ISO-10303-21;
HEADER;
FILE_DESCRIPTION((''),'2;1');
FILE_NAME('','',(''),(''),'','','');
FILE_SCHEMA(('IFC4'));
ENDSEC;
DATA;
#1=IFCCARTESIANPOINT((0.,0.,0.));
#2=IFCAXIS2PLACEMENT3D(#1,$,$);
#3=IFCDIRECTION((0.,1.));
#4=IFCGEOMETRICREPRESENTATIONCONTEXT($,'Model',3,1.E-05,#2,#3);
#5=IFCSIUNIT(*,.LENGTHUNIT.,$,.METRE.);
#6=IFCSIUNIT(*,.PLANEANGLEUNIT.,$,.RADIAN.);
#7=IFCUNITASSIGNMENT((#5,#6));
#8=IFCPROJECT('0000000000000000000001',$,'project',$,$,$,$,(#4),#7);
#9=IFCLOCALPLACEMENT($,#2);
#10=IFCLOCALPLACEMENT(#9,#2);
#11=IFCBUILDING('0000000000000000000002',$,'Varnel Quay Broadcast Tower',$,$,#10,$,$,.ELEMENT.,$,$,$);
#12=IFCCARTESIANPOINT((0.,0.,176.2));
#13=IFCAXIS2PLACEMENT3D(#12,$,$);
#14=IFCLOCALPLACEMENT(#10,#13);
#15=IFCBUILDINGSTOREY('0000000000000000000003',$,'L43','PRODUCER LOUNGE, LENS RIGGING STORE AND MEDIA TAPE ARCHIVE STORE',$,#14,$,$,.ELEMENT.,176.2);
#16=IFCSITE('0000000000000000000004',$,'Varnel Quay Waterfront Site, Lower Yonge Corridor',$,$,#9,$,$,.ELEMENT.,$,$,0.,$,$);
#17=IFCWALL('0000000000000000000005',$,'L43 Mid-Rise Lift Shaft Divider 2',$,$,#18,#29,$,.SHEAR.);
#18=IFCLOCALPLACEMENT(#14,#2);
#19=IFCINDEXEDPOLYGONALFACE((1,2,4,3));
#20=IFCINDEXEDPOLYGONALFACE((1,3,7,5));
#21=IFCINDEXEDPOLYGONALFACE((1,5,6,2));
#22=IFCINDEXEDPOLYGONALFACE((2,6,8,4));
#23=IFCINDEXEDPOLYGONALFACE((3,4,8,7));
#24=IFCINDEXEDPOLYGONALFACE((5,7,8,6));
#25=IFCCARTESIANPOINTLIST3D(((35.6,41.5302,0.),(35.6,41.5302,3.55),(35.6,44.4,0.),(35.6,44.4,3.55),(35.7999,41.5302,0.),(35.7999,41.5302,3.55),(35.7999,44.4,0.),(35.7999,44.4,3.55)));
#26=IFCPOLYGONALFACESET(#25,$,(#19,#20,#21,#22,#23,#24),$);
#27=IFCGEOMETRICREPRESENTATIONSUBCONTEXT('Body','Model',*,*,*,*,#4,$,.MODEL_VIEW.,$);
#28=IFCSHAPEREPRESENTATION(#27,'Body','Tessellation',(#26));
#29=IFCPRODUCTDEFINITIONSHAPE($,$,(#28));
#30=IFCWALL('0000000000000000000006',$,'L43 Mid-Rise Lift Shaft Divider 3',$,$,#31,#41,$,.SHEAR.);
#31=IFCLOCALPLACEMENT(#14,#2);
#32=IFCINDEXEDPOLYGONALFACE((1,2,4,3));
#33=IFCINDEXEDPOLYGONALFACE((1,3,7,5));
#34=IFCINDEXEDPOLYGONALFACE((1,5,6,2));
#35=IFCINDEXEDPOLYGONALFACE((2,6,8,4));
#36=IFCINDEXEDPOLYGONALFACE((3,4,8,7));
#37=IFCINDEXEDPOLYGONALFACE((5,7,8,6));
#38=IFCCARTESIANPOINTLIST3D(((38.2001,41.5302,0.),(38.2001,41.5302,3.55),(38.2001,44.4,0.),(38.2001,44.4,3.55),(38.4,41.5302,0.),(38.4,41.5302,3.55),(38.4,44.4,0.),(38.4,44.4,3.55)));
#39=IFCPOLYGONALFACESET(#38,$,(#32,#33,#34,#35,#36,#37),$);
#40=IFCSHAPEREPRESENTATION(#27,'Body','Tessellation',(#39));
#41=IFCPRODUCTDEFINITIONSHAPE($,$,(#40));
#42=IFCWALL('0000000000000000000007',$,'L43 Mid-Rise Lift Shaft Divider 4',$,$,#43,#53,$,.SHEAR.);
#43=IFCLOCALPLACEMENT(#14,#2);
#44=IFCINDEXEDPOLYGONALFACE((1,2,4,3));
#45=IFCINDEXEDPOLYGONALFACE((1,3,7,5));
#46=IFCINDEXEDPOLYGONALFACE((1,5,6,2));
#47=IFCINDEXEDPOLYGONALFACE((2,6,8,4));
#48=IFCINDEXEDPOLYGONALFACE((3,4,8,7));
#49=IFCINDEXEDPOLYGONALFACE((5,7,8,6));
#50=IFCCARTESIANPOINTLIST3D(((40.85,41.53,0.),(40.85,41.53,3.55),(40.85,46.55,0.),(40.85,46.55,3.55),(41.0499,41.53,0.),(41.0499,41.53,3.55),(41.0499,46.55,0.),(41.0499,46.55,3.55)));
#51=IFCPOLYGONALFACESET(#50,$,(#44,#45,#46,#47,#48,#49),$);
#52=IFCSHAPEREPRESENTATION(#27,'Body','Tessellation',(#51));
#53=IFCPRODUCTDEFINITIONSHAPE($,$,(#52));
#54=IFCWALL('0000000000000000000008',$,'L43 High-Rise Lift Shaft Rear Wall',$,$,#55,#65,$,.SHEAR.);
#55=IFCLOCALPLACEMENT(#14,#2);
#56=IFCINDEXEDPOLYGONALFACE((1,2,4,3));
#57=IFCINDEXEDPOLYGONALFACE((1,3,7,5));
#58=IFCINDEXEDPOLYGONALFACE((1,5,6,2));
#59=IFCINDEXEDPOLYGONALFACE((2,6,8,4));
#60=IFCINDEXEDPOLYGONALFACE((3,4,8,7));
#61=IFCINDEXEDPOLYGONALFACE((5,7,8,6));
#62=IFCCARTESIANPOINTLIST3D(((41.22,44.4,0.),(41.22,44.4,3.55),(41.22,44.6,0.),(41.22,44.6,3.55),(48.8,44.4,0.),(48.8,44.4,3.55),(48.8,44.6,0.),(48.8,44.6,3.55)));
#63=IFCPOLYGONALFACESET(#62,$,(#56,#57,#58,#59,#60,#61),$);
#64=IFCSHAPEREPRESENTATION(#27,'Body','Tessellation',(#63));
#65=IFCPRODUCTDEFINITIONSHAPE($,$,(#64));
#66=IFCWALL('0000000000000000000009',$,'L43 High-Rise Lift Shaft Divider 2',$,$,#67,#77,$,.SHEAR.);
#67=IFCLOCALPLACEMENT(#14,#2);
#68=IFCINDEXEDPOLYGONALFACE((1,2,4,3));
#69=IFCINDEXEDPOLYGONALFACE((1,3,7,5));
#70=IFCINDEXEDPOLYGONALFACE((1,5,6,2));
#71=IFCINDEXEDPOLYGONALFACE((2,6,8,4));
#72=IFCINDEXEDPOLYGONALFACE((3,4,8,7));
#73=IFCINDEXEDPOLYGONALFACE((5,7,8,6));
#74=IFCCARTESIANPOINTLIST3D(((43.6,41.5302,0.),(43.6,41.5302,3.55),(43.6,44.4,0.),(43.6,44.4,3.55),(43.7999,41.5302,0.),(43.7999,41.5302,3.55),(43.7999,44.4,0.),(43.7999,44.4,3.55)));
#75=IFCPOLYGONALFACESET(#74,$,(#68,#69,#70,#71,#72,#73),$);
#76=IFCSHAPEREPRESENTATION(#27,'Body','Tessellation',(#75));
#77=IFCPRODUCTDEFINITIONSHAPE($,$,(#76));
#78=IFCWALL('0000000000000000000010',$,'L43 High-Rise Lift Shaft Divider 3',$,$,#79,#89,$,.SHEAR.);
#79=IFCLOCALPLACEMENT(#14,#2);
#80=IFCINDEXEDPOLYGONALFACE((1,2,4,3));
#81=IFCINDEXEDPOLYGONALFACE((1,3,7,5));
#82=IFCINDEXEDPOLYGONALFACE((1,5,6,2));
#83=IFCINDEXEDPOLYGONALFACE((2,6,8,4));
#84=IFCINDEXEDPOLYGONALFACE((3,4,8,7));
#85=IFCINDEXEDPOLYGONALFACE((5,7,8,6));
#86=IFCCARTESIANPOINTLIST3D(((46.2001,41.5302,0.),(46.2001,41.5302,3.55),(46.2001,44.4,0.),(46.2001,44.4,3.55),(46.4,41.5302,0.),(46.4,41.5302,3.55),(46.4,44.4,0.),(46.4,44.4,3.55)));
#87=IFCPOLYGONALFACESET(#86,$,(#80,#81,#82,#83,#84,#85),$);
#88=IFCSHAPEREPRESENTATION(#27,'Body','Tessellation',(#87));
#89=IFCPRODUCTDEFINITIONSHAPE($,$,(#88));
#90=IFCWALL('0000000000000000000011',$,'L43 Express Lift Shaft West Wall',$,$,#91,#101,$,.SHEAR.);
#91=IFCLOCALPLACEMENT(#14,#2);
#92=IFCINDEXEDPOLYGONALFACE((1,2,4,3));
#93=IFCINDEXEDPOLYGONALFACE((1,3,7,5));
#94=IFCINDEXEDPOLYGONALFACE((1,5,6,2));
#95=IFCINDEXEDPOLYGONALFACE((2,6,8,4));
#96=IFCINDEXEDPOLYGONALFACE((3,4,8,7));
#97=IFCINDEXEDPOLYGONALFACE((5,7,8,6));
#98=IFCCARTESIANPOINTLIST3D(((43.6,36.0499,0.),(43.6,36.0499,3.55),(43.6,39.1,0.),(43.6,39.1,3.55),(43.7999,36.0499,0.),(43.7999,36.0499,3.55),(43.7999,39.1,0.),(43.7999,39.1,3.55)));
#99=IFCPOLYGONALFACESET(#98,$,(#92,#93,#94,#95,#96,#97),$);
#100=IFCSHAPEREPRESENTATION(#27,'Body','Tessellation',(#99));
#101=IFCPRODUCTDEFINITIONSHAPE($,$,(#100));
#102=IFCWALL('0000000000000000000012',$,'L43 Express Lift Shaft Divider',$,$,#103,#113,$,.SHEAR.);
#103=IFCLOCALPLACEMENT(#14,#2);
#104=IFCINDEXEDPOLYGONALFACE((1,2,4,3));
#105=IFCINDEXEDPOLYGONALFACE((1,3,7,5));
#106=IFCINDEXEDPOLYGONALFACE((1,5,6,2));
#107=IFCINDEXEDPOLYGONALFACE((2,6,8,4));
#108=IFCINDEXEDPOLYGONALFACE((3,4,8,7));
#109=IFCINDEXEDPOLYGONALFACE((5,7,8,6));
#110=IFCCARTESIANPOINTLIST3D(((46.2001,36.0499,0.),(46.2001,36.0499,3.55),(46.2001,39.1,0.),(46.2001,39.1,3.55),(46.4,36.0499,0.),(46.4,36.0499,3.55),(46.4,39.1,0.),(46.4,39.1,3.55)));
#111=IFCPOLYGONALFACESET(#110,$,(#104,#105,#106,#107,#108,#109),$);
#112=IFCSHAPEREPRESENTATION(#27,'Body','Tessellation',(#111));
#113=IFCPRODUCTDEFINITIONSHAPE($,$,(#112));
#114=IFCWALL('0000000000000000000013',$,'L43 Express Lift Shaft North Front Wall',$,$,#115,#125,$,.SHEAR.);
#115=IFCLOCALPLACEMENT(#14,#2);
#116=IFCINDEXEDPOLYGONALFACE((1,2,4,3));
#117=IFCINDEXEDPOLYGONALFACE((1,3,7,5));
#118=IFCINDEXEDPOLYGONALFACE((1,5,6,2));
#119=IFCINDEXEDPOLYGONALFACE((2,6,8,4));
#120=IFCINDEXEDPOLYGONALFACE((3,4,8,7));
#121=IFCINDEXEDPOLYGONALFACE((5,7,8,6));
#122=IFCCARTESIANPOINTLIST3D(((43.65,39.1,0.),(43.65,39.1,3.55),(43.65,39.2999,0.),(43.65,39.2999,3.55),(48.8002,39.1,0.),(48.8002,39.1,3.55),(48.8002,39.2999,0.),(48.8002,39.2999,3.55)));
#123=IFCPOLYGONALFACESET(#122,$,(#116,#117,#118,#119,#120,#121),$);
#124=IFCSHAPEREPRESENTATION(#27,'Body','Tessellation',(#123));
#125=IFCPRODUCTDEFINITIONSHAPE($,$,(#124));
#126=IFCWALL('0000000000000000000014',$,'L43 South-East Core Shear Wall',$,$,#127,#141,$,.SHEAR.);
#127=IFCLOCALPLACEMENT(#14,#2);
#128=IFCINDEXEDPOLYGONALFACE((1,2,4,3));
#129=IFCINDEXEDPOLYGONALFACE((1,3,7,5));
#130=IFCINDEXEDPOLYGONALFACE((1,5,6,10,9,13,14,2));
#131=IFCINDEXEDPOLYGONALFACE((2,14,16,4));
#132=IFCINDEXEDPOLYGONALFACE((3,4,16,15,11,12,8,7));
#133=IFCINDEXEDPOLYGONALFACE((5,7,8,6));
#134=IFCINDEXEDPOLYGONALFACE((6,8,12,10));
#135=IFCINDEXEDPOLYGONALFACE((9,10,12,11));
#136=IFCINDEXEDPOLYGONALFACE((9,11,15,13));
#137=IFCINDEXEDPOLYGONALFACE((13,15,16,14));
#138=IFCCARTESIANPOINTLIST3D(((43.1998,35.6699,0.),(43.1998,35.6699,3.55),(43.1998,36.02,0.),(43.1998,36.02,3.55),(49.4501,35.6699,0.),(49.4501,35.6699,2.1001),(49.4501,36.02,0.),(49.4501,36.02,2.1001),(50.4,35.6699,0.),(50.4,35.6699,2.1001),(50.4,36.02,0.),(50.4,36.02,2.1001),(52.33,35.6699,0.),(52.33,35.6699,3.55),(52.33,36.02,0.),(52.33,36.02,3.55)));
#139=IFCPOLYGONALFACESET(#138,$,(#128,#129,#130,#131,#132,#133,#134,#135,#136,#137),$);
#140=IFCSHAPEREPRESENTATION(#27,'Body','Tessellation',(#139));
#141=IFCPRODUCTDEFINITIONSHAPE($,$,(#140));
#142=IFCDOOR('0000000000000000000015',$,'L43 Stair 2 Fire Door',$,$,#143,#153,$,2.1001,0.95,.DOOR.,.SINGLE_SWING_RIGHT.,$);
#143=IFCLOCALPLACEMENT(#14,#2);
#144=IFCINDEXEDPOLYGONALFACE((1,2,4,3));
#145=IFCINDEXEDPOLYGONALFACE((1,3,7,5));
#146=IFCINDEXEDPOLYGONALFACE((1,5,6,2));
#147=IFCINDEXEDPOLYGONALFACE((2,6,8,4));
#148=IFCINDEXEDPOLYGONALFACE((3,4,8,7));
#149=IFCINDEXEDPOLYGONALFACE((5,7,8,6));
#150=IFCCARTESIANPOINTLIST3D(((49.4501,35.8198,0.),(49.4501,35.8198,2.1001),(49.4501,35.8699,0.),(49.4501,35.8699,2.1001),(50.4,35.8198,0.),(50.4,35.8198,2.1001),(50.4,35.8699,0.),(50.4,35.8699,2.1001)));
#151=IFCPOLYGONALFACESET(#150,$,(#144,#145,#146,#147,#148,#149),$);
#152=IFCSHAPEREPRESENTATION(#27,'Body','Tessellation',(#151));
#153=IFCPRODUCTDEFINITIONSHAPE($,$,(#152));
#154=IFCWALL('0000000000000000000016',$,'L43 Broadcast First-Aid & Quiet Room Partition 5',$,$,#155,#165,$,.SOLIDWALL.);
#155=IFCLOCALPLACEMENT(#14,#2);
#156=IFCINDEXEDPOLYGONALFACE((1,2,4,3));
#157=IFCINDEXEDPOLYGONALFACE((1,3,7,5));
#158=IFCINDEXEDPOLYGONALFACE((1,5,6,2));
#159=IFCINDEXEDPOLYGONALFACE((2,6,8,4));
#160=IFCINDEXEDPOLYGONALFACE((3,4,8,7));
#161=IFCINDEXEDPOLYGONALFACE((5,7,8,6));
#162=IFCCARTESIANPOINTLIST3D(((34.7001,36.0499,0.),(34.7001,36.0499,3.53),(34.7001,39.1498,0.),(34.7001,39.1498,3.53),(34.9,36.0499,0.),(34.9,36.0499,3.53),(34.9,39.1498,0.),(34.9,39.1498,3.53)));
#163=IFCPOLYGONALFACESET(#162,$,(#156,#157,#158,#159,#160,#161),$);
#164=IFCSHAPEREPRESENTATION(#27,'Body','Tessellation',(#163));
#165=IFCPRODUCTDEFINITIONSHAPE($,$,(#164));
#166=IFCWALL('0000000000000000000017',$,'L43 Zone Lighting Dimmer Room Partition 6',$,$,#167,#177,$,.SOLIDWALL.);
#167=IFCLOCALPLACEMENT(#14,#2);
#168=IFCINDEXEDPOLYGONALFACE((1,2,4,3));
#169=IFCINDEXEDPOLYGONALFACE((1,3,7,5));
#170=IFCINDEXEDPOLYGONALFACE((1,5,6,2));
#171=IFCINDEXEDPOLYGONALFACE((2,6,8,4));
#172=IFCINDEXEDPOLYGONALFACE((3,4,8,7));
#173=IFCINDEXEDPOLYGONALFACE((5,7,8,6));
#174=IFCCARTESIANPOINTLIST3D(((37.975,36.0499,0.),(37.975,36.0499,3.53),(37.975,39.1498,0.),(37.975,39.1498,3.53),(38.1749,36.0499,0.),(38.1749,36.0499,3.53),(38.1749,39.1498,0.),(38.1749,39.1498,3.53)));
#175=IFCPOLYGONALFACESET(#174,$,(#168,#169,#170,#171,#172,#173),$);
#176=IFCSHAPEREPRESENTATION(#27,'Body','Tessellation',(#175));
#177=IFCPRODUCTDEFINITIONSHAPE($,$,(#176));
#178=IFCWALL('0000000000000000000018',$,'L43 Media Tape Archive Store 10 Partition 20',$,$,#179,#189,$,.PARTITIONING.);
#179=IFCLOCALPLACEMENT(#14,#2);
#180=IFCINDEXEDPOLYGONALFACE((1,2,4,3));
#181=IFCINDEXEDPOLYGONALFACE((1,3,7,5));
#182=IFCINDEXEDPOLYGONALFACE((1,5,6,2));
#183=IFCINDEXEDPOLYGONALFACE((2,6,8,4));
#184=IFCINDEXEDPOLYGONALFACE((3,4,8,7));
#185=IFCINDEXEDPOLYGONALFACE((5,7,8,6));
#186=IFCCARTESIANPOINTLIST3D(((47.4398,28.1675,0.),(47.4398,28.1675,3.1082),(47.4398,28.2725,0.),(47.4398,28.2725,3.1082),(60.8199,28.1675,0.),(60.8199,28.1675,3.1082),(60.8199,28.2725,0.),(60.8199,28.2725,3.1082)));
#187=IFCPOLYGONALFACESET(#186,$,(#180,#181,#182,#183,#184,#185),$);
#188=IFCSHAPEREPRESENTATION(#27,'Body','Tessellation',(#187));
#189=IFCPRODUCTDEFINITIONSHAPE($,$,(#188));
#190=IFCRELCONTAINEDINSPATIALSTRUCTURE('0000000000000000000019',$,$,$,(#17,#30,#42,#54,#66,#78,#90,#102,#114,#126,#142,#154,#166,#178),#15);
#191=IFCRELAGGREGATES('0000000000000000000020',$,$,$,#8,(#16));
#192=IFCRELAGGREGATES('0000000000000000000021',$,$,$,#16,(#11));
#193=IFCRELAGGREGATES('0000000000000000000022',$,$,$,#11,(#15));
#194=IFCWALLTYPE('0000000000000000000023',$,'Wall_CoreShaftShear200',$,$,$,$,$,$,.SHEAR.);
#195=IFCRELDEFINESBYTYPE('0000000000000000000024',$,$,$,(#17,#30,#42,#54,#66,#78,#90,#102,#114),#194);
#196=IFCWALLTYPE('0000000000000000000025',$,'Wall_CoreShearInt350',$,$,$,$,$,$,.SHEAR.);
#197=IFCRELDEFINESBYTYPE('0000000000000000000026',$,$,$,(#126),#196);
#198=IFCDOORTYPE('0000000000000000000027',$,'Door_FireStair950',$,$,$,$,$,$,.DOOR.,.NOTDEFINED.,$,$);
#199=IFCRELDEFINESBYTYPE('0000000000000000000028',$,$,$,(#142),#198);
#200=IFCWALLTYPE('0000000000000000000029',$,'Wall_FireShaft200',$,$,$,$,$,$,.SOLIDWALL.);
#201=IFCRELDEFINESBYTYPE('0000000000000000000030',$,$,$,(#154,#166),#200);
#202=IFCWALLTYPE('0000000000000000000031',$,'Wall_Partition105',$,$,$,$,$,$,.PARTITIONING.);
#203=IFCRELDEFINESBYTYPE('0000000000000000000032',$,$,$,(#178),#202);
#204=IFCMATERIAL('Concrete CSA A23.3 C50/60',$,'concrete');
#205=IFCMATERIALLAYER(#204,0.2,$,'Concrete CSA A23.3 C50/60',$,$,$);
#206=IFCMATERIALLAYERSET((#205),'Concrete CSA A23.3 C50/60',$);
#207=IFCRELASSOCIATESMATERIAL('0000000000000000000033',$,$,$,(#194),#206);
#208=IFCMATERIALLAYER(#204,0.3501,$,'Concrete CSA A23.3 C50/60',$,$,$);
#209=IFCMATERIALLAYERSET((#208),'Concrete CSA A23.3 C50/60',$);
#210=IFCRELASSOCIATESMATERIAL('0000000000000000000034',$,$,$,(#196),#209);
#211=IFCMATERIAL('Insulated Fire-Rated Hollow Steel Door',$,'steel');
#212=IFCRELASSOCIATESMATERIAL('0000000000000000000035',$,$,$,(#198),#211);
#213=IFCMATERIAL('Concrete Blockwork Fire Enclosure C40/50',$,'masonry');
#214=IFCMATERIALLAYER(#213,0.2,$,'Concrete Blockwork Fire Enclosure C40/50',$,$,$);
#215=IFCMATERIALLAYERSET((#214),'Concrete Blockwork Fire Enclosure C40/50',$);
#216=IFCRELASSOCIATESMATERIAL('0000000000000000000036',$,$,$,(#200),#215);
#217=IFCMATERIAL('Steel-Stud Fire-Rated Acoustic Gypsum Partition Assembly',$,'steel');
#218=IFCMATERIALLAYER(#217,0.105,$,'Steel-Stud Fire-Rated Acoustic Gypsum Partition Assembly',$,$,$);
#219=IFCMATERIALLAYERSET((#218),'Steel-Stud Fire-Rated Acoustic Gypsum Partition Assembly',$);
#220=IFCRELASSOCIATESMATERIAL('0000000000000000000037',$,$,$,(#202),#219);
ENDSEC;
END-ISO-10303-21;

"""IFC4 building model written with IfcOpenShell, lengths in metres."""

from ifc_helpers import new_model, si_unit, direction, frame, frame_2d, origin, place, context, subcontext, project, spatial, rectangle, extrude, source, transform, mapped, material, layer, layer_set, type_object, type_shapes, element, fill, save


model = new_model("IFC4")

# Units and contexts
model_context = context("Model", 3, precision=1e-05, world=origin(), true_north=direction((0.0, 1.0)))
body_context = subcontext(model_context, "Body", "Model", "MODEL_VIEW")
ifc_project = project(units=[si_unit("LENGTHUNIT", "METRE"), si_unit("PLANEANGLEUNIT", "RADIAN")], contexts=[model_context])

# Site, building, storey
site_placement = place(None, origin())
site = spatial("IfcSite", under=ifc_project, at=site_placement, Name="Varnel Quay Waterfront Site, Lower Yonge Corridor", CompositionType="ELEMENT", RefElevation=0.0)
building_placement = place(site_placement, origin())
building = spatial("IfcBuilding", under=site, at=building_placement, Name="Varnel Quay Broadcast Tower", CompositionType="ELEMENT")
storey_placement = place(building_placement, frame((0.0, 0.0, 176.2)))
storey = spatial("IfcBuildingStorey", under=building, at=storey_placement, Name="L43", Description="PRODUCER LOUNGE, LENS RIGGING STORE AND MEDIA TAPE ARCHIVE STORE", CompositionType="ELEMENT", Elevation=176.2)

# Shared definitions
ifc_material_1 = material(Name="Concrete CSA A23.3 C50/60", Category="concrete")

# Walls
ifc_layer_1 = layer(ifc_material_1, 0.2, Name="Concrete CSA A23.3 C50/60")
ifc_layer_set_1 = layer_set([ifc_layer_1], Name="Concrete CSA A23.3 C50/60")
wall_type_1 = type_object("IfcWallType", Name="Wall_CoreShaftShear200", PredefinedType="SHEAR", material=ifc_layer_set_1)
for number, where, z_axis, x_axis, name in (
    (1, (35.7, 41.53, 0.0), (0.0, 0.0, 1.0), (0.0, 1.0, 0.0), "L43 Mid-Rise Lift Shaft Divider 2"),
    (2, (38.3, 41.53, 0.0), (0.0, 0.0, 1.0), (0.0, 1.0, 0.0), "L43 Mid-Rise Lift Shaft Divider 3"),
):
    element("IfcWall", number, at=place(storey_placement, frame(where, z_axis=z_axis, x_axis=x_axis)), inside=storey, type_object=wall_type_1, Name=name, PredefinedType="SHEAR", context=body_context, shape_type="SweptSolid", body=[
        extrude(rectangle(XDim=2.8699, YDim=0.2, at=frame_2d((1.4351, 0.0))), origin(), (0.0, 0.0, 1.0), 3.55),
    ])
wall_1_placement = place(storey_placement, frame((40.95, 41.53, 0.0), z_axis=(0.0, 0.0, 1.0), x_axis=(0.0, 1.0, 0.0)))
element("IfcWall", 3, at=wall_1_placement, inside=storey, type_object=wall_type_1, Name="L43 Mid-Rise Lift Shaft Divider 4", PredefinedType="SHEAR", context=body_context, shape_type="SweptSolid", body=[
    extrude(rectangle(XDim=5.02, YDim=0.2, at=frame_2d((2.51, 0.0))), origin(), (0.0, 0.0, 1.0), 3.55),
])
wall_2_placement = place(storey_placement, frame((41.22, 44.5, 0.0), z_axis=(0.0, 0.0, 1.0), x_axis=(1.0, 0.0, 0.0)))
element("IfcWall", 4, at=wall_2_placement, inside=storey, type_object=wall_type_1, Name="L43 High-Rise Lift Shaft Rear Wall", PredefinedType="SHEAR", context=body_context, shape_type="SweptSolid", body=[
    extrude(rectangle(XDim=7.5801, YDim=0.2, at=frame_2d((3.79, 0.0))), origin(), (0.0, 0.0, 1.0), 3.55),
])
for number, where, z_axis, x_axis, name in (
    (5, (43.7, 41.53, 0.0), (0.0, 0.0, 1.0), (0.0, 1.0, 0.0), "L43 High-Rise Lift Shaft Divider 2"),
    (6, (46.3, 41.53, 0.0), (0.0, 0.0, 1.0), (0.0, 1.0, 0.0), "L43 High-Rise Lift Shaft Divider 3"),
):
    element("IfcWall", number, at=place(storey_placement, frame(where, z_axis=z_axis, x_axis=x_axis)), inside=storey, type_object=wall_type_1, Name=name, PredefinedType="SHEAR", context=body_context, shape_type="SweptSolid", body=[
        extrude(rectangle(XDim=2.8699, YDim=0.2, at=frame_2d((1.4351, 0.0))), origin(), (0.0, 0.0, 1.0), 3.55),
    ])
for number, where, z_axis, x_axis, name in (
    (7, (43.7, 36.05, 0.0), (0.0, 0.0, 1.0), (0.0, 1.0, 0.0), "L43 Express Lift Shaft West Wall"),
    (8, (46.3, 36.05, 0.0), (0.0, 0.0, 1.0), (0.0, 1.0, 0.0), "L43 Express Lift Shaft Divider"),
):
    element("IfcWall", number, at=place(storey_placement, frame(where, z_axis=z_axis, x_axis=x_axis)), inside=storey, type_object=wall_type_1, Name=name, PredefinedType="SHEAR", context=body_context, shape_type="SweptSolid", body=[
        extrude(rectangle(XDim=3.05, YDim=0.2, at=frame_2d((1.5249, 0.0))), origin(), (0.0, 0.0, 1.0), 3.55),
    ])
wall_3_placement = place(storey_placement, frame((43.6499, 39.2, 0.0), z_axis=(0.0, 0.0, 1.0), x_axis=(1.0, 0.0, 0.0)))
element("IfcWall", 9, at=wall_3_placement, inside=storey, type_object=wall_type_1, Name="L43 Express Lift Shaft North Front Wall", PredefinedType="SHEAR", context=body_context, shape_type="SweptSolid", body=[
    extrude(rectangle(XDim=5.1501, YDim=0.2, at=frame_2d((2.5752, 0.0))), origin(), (0.0, 0.0, 1.0), 3.55),
])

# Wall, opening, door
ifc_layer_2 = layer(ifc_material_1, 0.3501, Name="Concrete CSA A23.3 C50/60")
ifc_layer_set_2 = layer_set([ifc_layer_2], Name="Concrete CSA A23.3 C50/60")
wall_type_2 = type_object("IfcWallType", Name="Wall_CoreShearInt350", PredefinedType="SHEAR", material=ifc_layer_set_2)
wall_4_placement = place(storey_placement, frame((43.2, 35.845, 0.0), z_axis=(0.0, 0.0, 1.0), x_axis=(1.0, 0.0, 0.0)))
wall_4 = element("IfcWall", 10, at=wall_4_placement, inside=storey, type_object=wall_type_2, Name="L43 South-East Core Shear Wall", PredefinedType="SHEAR", context=body_context, shape_type="SweptSolid", body=[
    extrude(rectangle(XDim=9.1301, YDim=0.3501, at=frame_2d((4.5649, 0.0))), origin(), (0.0, 0.0, 1.0), 3.55),
])
opening_1_placement = place(wall_4_placement, frame((6.25, 0.0, 0.0)))
opening_1 = element("IfcOpeningElement", 11, at=opening_1_placement, cuts=wall_4, PredefinedType="OPENING", context=body_context, shape_type="SweptSolid", body=[
    extrude(rectangle(XDim=0.95, YDim=2.1001, at=frame_2d((0.4751, 1.05))), frame((0.0, 0.1851, 0.0), z_axis=(0.0, -1.0, 0.0), x_axis=(1.0, 0.0, 0.0)), (0.0, 0.0, 1.0), 0.3701),
])
ifc_material_2 = material(Name="Insulated Fire-Rated Hollow Steel Door", Category="steel")
door_type_1 = type_object("IfcDoorType", Name="Door_FireStair950", OperationType="NOTDEFINED", PredefinedType="DOOR", material=ifc_material_2)
shared_shape_1 = source(origin(), body_context, "Body", "SweptSolid", [
    extrude(rectangle(XDim=0.95, YDim=2.1001, at=frame_2d((0.4751, 1.05))), frame((0.0, 0.0249, 0.0), z_axis=(0.0, -1.0, 0.0), x_axis=(1.0, 0.0, 0.0)), (0.0, 0.0, 1.0), 0.05),
])
type_shapes(door_type_1, [shared_shape_1])
door_1_placement = place(opening_1_placement, origin())
door_1 = element("IfcDoor", 12, at=door_1_placement, inside=storey, type_object=door_type_1, Name="L43 Stair 2 Fire Door", OperationType="SINGLE_SWING_RIGHT", OverallHeight=2.1001, OverallWidth=0.95, PredefinedType="DOOR", context=body_context, shape_type="MappedRepresentation", body=[
    mapped(shared_shape_1, transform((0.0, 0.0, 0.0), x_axis=(1.0, 0.0, 0.0), y_axis=(0.0, 1.0, 0.0), z_axis=(0.0, 0.0, 1.0), scale=1.0)),
])
fill(opening_1, door_1)

# Walls
ifc_material_3 = material(Name="Concrete Blockwork Fire Enclosure C40/50", Category="masonry")
ifc_layer_3 = layer(ifc_material_3, 0.2, Name="Concrete Blockwork Fire Enclosure C40/50")
ifc_layer_set_3 = layer_set([ifc_layer_3], Name="Concrete Blockwork Fire Enclosure C40/50")
wall_type_3 = type_object("IfcWallType", Name="Wall_FireShaft200", PredefinedType="SOLIDWALL", material=ifc_layer_set_3)
for number, where, z_axis, x_axis, name in (
    (13, (34.8, 36.05, 0.0), (0.0, 0.0, 1.0), (0.0, 1.0, 0.0), "L43 Broadcast First-Aid & Quiet Room Partition 5"),
    (14, (38.075, 36.05, 0.0), (0.0, 0.0, 1.0), (0.0, 1.0, 0.0), "L43 Zone Lighting Dimmer Room Partition 6"),
):
    element("IfcWall", number, at=place(storey_placement, frame(where, z_axis=z_axis, x_axis=x_axis)), inside=storey, type_object=wall_type_3, Name=name, PredefinedType="SOLIDWALL", context=body_context, shape_type="SweptSolid", body=[
        extrude(rectangle(XDim=3.0999, YDim=0.2, at=frame_2d((1.5498, 0.0))), origin(), (0.0, 0.0, 1.0), 3.53),
    ])
ifc_material_4 = material(Name="Steel-Stud Fire-Rated Acoustic Gypsum Partition Assembly", Category="steel")
ifc_layer_4 = layer(ifc_material_4, 0.105, Name="Steel-Stud Fire-Rated Acoustic Gypsum Partition Assembly")
ifc_layer_set_4 = layer_set([ifc_layer_4], Name="Steel-Stud Fire-Rated Acoustic Gypsum Partition Assembly")
wall_type_4 = type_object("IfcWallType", Name="Wall_Partition105", PredefinedType="PARTITIONING", material=ifc_layer_set_4)
wall_5_placement = place(storey_placement, frame((47.4399, 28.22, 0.0), z_axis=(0.0, 0.0, 1.0), x_axis=(1.0, 0.0, 0.0)))
element("IfcWall", 15, at=wall_5_placement, inside=storey, type_object=wall_type_4, Name="L43 Media Tape Archive Store 10 Partition 20", PredefinedType="PARTITIONING", context=body_context, shape_type="SweptSolid", body=[
    extrude(rectangle(XDim=13.3801, YDim=0.105, at=frame_2d((6.6899, 0.0))), origin(), (0.0, 0.0, 1.0), 3.1082),
])

save(model, "model.ifc")
